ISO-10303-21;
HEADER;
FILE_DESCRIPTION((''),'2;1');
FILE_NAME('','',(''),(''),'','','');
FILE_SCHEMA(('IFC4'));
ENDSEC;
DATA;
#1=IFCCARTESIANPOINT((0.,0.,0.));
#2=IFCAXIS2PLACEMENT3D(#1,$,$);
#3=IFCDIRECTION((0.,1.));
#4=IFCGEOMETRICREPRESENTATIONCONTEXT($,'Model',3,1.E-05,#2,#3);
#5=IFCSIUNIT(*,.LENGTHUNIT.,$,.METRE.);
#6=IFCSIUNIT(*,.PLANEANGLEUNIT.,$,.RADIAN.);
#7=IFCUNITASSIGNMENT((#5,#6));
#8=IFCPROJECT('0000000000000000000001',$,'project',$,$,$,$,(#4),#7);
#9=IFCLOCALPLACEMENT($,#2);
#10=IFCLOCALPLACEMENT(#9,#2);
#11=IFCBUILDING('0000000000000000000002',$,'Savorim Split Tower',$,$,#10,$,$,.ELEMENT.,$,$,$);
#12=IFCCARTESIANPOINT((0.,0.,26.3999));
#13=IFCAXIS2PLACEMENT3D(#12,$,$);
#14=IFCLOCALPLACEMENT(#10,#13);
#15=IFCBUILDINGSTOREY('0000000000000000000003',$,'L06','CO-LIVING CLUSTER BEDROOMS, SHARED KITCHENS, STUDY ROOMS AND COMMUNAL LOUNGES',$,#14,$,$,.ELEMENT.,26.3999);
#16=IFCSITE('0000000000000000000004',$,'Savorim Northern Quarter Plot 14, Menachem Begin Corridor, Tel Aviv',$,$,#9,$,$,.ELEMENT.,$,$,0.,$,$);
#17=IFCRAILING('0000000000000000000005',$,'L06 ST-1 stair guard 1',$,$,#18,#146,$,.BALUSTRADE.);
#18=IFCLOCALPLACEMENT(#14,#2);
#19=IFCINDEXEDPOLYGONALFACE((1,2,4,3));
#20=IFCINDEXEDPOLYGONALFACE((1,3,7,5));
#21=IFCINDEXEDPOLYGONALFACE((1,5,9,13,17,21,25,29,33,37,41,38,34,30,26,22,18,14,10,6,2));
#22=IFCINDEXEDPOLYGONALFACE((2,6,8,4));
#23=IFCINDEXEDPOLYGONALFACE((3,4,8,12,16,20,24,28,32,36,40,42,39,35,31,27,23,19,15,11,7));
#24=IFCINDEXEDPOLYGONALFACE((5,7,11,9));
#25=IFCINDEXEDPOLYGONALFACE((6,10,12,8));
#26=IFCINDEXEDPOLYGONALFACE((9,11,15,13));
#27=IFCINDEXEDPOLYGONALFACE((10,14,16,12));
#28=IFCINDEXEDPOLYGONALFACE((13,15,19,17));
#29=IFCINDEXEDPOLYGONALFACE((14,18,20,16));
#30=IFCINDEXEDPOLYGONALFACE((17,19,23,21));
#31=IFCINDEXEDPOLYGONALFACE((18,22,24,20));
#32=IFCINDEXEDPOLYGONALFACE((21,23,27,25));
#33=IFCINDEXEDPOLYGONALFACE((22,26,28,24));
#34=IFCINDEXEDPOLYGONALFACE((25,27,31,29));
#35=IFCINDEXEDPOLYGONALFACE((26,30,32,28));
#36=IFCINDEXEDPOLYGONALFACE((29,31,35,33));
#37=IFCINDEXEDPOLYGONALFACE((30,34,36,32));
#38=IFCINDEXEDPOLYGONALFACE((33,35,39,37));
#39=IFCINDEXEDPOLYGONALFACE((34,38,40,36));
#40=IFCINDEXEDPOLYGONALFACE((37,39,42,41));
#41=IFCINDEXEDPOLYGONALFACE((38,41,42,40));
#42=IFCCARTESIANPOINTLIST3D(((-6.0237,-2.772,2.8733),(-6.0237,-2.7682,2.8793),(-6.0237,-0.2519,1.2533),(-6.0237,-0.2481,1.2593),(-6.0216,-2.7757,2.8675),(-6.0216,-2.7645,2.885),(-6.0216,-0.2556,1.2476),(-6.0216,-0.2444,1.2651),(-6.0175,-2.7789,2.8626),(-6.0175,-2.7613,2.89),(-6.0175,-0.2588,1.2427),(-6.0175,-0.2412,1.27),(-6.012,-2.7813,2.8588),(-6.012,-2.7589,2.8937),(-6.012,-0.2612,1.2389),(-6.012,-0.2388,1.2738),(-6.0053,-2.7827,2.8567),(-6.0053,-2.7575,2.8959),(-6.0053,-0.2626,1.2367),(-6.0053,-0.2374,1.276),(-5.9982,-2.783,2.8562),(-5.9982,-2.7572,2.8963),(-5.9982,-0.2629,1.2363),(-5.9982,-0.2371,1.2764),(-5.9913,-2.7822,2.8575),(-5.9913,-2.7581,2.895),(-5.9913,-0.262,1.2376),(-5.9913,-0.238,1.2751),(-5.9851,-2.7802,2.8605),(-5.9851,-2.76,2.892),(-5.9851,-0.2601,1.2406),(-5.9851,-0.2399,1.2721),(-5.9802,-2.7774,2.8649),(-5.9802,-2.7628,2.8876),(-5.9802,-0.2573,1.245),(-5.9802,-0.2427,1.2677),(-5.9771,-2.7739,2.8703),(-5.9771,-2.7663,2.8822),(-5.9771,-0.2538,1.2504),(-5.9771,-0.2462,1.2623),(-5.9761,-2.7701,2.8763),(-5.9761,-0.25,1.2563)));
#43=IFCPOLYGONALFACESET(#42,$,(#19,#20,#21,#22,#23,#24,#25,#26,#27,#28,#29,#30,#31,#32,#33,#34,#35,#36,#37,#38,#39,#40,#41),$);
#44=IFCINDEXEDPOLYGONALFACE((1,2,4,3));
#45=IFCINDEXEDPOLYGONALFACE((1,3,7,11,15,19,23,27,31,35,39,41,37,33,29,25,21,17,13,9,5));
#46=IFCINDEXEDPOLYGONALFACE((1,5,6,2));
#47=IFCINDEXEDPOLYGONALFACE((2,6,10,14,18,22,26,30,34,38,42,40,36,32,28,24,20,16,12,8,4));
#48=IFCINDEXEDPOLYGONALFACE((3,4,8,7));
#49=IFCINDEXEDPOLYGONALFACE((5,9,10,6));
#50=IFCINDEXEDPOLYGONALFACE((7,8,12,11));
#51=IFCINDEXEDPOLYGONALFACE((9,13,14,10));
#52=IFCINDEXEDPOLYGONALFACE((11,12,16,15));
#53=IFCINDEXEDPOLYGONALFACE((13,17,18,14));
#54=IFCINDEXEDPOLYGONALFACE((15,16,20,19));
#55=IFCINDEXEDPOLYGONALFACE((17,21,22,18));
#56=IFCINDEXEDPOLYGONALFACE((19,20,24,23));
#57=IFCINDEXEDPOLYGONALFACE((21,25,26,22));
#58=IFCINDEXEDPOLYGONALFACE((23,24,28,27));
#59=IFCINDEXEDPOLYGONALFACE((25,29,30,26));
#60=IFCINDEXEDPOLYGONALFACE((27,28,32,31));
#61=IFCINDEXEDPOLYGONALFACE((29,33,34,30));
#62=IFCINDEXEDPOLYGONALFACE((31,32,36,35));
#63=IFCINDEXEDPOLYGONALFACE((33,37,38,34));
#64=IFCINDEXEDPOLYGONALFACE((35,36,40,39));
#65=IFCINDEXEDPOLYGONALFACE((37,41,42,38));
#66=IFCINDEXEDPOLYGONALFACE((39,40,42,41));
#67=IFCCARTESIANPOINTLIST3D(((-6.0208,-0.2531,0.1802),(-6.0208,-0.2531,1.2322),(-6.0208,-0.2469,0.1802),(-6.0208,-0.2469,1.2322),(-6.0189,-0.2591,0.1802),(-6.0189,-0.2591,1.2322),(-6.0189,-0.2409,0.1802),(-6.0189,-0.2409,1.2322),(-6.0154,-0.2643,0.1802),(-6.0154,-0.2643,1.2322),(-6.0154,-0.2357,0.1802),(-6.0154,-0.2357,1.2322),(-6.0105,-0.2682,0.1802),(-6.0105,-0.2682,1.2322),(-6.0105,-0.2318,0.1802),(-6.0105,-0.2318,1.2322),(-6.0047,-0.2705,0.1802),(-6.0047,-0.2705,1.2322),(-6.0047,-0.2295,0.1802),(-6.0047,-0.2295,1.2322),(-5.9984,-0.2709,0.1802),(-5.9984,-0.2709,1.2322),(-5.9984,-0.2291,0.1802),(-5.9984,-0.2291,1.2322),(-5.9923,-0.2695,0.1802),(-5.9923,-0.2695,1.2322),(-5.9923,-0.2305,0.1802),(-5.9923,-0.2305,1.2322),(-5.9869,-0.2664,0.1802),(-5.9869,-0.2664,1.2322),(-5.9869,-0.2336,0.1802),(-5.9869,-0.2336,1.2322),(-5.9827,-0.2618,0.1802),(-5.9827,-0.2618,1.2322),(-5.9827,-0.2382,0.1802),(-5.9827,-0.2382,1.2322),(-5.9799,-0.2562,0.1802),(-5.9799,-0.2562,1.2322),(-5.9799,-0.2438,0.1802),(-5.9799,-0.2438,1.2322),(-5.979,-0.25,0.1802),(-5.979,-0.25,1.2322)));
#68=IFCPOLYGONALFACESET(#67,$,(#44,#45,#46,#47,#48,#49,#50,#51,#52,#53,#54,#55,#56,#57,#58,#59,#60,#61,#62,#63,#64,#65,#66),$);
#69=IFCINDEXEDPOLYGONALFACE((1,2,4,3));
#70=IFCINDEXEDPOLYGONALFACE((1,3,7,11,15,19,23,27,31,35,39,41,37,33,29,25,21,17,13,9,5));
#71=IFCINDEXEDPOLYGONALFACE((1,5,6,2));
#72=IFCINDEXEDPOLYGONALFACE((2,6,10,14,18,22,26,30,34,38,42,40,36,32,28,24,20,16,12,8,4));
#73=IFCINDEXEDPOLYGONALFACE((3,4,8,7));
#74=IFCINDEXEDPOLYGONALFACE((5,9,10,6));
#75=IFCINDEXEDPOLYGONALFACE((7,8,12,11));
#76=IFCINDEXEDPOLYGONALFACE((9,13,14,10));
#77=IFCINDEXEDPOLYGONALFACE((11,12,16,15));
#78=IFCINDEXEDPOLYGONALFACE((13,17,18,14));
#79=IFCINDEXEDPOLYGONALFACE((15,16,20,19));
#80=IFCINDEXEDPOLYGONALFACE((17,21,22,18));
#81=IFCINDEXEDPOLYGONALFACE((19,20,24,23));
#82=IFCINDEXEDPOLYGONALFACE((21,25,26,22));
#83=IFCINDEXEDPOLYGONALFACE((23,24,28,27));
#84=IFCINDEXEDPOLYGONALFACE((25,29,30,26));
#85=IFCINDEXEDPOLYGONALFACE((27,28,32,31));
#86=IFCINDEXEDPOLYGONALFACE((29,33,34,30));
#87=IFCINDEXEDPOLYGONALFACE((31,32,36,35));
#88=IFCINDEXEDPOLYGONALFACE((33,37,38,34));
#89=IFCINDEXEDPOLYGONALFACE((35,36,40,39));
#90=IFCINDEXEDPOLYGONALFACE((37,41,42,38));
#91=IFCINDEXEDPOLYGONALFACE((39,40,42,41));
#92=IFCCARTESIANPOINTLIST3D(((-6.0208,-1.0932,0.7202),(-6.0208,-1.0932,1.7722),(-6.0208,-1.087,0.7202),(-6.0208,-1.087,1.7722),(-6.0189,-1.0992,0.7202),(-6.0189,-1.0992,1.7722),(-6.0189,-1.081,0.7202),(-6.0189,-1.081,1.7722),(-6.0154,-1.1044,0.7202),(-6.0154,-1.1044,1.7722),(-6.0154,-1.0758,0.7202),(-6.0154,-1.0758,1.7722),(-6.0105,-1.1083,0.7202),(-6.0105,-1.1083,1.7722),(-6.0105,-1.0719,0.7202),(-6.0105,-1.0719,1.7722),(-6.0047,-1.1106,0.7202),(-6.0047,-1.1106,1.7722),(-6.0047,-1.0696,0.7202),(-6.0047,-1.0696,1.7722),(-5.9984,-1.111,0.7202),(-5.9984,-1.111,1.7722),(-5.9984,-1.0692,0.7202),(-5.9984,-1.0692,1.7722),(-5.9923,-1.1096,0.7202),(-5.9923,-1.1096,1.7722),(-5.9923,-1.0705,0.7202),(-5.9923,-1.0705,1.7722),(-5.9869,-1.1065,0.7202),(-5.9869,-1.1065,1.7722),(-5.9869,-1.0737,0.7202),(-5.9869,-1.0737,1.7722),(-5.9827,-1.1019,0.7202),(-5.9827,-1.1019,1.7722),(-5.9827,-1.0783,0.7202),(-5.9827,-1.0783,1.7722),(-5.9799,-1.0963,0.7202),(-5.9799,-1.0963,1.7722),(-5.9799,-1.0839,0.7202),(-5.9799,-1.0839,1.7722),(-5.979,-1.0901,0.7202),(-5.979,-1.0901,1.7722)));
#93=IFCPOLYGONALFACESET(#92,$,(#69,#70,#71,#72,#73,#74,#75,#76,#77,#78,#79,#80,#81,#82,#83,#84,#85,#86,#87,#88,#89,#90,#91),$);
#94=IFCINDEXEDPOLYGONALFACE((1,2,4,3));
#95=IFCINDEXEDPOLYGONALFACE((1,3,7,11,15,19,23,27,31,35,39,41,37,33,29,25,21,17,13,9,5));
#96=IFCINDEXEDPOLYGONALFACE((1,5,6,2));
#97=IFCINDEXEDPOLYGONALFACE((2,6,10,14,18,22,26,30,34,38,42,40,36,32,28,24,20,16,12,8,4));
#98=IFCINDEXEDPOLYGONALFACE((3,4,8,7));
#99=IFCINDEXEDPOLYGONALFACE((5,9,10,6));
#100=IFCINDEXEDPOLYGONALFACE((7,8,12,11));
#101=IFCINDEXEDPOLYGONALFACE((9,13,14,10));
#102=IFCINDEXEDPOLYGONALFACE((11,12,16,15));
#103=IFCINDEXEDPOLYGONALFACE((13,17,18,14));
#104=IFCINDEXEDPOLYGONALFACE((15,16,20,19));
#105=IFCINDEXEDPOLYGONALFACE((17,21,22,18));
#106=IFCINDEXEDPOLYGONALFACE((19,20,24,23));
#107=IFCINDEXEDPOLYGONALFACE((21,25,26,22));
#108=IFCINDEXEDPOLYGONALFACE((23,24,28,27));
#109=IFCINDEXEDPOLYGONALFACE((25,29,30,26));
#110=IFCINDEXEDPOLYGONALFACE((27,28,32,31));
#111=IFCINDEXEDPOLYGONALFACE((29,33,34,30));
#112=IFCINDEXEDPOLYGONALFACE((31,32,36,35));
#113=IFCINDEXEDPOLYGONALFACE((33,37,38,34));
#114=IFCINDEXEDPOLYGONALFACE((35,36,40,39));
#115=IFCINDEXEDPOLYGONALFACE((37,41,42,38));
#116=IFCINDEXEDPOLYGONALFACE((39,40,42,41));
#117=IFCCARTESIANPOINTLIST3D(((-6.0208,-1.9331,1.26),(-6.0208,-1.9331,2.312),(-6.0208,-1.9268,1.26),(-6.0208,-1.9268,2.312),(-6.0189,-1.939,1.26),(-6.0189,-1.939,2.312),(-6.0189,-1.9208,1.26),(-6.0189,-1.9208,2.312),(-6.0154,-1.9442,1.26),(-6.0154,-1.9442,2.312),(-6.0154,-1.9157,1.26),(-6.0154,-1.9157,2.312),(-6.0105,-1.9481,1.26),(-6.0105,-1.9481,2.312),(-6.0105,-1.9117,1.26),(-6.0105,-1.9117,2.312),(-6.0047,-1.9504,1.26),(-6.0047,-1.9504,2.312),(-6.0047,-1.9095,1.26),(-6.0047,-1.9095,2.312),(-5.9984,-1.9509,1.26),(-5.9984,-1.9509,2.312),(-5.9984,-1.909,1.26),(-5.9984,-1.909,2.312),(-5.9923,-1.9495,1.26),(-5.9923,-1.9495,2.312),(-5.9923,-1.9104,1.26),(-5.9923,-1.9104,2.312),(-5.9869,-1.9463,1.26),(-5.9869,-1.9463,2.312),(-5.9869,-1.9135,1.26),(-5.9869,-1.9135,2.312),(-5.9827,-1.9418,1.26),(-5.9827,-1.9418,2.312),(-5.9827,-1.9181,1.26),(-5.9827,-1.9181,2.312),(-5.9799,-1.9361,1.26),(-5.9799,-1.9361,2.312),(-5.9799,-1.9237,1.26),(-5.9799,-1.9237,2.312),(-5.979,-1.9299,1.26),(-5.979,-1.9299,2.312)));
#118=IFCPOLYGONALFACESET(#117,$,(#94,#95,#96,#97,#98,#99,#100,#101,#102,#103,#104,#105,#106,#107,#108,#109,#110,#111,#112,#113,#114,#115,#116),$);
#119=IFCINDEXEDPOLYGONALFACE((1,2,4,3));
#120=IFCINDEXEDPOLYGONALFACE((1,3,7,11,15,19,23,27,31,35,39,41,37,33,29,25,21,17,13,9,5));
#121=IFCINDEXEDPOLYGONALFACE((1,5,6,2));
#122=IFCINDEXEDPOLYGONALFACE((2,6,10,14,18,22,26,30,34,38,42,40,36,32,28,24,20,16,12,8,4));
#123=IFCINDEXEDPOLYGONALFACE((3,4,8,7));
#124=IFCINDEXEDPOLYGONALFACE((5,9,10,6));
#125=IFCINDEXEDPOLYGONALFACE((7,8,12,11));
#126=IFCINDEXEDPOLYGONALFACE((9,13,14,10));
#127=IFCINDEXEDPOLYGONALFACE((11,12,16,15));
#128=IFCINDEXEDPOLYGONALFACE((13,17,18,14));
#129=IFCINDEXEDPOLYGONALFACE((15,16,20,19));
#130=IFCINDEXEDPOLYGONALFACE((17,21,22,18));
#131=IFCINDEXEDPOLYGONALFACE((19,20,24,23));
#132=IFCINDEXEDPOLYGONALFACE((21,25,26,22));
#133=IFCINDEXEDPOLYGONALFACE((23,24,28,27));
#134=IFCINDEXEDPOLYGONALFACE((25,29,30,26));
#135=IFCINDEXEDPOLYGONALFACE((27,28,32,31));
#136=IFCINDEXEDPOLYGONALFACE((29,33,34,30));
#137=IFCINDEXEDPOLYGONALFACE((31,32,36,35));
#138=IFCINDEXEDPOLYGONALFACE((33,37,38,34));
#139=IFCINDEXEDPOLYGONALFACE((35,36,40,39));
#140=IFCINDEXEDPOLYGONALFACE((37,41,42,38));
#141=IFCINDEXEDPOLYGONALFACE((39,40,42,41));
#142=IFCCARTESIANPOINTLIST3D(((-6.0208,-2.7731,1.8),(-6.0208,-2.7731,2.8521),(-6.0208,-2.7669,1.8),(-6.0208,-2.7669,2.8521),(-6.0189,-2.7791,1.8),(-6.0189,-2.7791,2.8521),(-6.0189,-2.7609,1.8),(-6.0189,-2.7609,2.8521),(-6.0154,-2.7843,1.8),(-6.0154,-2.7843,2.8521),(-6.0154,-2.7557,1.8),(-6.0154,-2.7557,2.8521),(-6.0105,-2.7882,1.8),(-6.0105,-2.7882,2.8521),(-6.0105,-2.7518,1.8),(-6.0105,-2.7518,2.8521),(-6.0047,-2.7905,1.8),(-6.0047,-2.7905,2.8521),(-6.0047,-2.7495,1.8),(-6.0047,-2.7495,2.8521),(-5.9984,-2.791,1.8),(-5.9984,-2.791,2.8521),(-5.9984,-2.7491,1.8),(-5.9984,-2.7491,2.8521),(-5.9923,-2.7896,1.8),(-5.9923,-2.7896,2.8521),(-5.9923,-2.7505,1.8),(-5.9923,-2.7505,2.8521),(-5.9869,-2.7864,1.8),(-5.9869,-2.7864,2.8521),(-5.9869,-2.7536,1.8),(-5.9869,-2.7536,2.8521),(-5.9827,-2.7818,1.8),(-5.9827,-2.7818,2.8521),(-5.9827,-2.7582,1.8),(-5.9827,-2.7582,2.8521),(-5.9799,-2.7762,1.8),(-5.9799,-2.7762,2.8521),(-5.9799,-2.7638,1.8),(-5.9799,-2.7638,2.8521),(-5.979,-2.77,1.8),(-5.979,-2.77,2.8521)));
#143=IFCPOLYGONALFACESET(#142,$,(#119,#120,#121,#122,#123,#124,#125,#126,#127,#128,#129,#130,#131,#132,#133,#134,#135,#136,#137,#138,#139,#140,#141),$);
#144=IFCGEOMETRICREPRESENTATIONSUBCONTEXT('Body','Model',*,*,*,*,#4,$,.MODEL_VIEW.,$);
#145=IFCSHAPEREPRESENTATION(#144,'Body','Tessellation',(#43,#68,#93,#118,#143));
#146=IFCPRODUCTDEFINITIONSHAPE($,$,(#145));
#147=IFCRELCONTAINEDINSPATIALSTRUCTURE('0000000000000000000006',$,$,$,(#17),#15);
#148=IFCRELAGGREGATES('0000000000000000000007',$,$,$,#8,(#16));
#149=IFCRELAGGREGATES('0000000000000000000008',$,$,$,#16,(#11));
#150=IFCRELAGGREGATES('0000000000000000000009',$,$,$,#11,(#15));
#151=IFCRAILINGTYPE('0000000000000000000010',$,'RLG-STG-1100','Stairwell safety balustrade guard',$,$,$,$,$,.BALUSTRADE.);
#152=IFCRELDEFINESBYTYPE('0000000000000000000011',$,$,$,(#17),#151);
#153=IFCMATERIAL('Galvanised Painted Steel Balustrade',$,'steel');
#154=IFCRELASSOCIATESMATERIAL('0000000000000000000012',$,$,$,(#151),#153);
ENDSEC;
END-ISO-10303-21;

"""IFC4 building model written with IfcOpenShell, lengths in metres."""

from ifc_helpers import new_model, si_unit, direction, frame, origin, origin_2d, place, context, subcontext, project, spatial, circle, extrude, material, type_object, element, save


model = new_model("IFC4")

# Units and contexts
model_context = context("Model", 3, precision=1e-05, world=origin(), true_north=direction((0.0, 1.0)))
body_context = subcontext(model_context, "Body", "Model", "MODEL_VIEW")
ifc_project = project(units=[si_unit("LENGTHUNIT", "METRE"), si_unit("PLANEANGLEUNIT", "RADIAN")], contexts=[model_context])

# Site, building, storey
site_placement = place(None, origin())
site = spatial("IfcSite", under=ifc_project, at=site_placement, Name="Savorim Northern Quarter Plot 14, Menachem Begin Corridor, Tel Aviv", CompositionType="ELEMENT", RefElevation=0.0)
building_placement = place(site_placement, origin())
building = spatial("IfcBuilding", under=site, at=building_placement, Name="Savorim Split Tower", CompositionType="ELEMENT")
storey_placement = place(building_placement, frame((0.0, 0.0, 26.3999)))
storey = spatial("IfcBuildingStorey", under=building, at=storey_placement, Name="L06", Description="CO-LIVING CLUSTER BEDROOMS, SHARED KITCHENS, STUDY ROOMS AND COMMUNAL LOUNGES", CompositionType="ELEMENT", Elevation=26.3999)

# Railing
ifc_material_1 = material(Name="Galvanised Painted Steel Balustrade", Category="steel")
railing_type_1 = type_object("IfcRailingType", Name="RLG-STG-1100", Description="Stairwell safety balustrade guard", PredefinedType="BALUSTRADE", material=ifc_material_1)
railing_1_placement = place(storey_placement, frame((-6.0, -0.25, 0.1802)))
element("IfcRailing", 1, at=railing_1_placement, inside=storey, type_object=railing_type_1, Name="L06 ST-1 stair guard 1", PredefinedType="BALUSTRADE", context=body_context, shape_type="SweptSolid", body=[
    extrude(circle(Radius=0.0239, at=origin_2d()), frame((0.0, 0.0, 1.0762), z_axis=(0.0, -0.8412, 0.540725), x_axis=(1.0, 0.0, 0.0)), (0.0, 0.0, 1.0), 2.9958),
    extrude(circle(Radius=0.021, at=origin_2d()), origin(), (0.0, 0.0, 1.0), 1.052),
    extrude(circle(Radius=0.021, at=origin_2d()), frame((0.0, -0.8401, 0.54)), (0.0, 0.0, 1.0), 1.052),
    extrude(circle(Radius=0.021, at=origin_2d()), frame((0.0, -1.6799, 1.0798)), (0.0, 0.0, 1.0), 1.052),
    extrude(circle(Radius=0.021, at=origin_2d()), frame((0.0, -2.52, 1.6199)), (0.0, 0.0, 1.0), 1.052),
])

save(model, "model.ifc")
